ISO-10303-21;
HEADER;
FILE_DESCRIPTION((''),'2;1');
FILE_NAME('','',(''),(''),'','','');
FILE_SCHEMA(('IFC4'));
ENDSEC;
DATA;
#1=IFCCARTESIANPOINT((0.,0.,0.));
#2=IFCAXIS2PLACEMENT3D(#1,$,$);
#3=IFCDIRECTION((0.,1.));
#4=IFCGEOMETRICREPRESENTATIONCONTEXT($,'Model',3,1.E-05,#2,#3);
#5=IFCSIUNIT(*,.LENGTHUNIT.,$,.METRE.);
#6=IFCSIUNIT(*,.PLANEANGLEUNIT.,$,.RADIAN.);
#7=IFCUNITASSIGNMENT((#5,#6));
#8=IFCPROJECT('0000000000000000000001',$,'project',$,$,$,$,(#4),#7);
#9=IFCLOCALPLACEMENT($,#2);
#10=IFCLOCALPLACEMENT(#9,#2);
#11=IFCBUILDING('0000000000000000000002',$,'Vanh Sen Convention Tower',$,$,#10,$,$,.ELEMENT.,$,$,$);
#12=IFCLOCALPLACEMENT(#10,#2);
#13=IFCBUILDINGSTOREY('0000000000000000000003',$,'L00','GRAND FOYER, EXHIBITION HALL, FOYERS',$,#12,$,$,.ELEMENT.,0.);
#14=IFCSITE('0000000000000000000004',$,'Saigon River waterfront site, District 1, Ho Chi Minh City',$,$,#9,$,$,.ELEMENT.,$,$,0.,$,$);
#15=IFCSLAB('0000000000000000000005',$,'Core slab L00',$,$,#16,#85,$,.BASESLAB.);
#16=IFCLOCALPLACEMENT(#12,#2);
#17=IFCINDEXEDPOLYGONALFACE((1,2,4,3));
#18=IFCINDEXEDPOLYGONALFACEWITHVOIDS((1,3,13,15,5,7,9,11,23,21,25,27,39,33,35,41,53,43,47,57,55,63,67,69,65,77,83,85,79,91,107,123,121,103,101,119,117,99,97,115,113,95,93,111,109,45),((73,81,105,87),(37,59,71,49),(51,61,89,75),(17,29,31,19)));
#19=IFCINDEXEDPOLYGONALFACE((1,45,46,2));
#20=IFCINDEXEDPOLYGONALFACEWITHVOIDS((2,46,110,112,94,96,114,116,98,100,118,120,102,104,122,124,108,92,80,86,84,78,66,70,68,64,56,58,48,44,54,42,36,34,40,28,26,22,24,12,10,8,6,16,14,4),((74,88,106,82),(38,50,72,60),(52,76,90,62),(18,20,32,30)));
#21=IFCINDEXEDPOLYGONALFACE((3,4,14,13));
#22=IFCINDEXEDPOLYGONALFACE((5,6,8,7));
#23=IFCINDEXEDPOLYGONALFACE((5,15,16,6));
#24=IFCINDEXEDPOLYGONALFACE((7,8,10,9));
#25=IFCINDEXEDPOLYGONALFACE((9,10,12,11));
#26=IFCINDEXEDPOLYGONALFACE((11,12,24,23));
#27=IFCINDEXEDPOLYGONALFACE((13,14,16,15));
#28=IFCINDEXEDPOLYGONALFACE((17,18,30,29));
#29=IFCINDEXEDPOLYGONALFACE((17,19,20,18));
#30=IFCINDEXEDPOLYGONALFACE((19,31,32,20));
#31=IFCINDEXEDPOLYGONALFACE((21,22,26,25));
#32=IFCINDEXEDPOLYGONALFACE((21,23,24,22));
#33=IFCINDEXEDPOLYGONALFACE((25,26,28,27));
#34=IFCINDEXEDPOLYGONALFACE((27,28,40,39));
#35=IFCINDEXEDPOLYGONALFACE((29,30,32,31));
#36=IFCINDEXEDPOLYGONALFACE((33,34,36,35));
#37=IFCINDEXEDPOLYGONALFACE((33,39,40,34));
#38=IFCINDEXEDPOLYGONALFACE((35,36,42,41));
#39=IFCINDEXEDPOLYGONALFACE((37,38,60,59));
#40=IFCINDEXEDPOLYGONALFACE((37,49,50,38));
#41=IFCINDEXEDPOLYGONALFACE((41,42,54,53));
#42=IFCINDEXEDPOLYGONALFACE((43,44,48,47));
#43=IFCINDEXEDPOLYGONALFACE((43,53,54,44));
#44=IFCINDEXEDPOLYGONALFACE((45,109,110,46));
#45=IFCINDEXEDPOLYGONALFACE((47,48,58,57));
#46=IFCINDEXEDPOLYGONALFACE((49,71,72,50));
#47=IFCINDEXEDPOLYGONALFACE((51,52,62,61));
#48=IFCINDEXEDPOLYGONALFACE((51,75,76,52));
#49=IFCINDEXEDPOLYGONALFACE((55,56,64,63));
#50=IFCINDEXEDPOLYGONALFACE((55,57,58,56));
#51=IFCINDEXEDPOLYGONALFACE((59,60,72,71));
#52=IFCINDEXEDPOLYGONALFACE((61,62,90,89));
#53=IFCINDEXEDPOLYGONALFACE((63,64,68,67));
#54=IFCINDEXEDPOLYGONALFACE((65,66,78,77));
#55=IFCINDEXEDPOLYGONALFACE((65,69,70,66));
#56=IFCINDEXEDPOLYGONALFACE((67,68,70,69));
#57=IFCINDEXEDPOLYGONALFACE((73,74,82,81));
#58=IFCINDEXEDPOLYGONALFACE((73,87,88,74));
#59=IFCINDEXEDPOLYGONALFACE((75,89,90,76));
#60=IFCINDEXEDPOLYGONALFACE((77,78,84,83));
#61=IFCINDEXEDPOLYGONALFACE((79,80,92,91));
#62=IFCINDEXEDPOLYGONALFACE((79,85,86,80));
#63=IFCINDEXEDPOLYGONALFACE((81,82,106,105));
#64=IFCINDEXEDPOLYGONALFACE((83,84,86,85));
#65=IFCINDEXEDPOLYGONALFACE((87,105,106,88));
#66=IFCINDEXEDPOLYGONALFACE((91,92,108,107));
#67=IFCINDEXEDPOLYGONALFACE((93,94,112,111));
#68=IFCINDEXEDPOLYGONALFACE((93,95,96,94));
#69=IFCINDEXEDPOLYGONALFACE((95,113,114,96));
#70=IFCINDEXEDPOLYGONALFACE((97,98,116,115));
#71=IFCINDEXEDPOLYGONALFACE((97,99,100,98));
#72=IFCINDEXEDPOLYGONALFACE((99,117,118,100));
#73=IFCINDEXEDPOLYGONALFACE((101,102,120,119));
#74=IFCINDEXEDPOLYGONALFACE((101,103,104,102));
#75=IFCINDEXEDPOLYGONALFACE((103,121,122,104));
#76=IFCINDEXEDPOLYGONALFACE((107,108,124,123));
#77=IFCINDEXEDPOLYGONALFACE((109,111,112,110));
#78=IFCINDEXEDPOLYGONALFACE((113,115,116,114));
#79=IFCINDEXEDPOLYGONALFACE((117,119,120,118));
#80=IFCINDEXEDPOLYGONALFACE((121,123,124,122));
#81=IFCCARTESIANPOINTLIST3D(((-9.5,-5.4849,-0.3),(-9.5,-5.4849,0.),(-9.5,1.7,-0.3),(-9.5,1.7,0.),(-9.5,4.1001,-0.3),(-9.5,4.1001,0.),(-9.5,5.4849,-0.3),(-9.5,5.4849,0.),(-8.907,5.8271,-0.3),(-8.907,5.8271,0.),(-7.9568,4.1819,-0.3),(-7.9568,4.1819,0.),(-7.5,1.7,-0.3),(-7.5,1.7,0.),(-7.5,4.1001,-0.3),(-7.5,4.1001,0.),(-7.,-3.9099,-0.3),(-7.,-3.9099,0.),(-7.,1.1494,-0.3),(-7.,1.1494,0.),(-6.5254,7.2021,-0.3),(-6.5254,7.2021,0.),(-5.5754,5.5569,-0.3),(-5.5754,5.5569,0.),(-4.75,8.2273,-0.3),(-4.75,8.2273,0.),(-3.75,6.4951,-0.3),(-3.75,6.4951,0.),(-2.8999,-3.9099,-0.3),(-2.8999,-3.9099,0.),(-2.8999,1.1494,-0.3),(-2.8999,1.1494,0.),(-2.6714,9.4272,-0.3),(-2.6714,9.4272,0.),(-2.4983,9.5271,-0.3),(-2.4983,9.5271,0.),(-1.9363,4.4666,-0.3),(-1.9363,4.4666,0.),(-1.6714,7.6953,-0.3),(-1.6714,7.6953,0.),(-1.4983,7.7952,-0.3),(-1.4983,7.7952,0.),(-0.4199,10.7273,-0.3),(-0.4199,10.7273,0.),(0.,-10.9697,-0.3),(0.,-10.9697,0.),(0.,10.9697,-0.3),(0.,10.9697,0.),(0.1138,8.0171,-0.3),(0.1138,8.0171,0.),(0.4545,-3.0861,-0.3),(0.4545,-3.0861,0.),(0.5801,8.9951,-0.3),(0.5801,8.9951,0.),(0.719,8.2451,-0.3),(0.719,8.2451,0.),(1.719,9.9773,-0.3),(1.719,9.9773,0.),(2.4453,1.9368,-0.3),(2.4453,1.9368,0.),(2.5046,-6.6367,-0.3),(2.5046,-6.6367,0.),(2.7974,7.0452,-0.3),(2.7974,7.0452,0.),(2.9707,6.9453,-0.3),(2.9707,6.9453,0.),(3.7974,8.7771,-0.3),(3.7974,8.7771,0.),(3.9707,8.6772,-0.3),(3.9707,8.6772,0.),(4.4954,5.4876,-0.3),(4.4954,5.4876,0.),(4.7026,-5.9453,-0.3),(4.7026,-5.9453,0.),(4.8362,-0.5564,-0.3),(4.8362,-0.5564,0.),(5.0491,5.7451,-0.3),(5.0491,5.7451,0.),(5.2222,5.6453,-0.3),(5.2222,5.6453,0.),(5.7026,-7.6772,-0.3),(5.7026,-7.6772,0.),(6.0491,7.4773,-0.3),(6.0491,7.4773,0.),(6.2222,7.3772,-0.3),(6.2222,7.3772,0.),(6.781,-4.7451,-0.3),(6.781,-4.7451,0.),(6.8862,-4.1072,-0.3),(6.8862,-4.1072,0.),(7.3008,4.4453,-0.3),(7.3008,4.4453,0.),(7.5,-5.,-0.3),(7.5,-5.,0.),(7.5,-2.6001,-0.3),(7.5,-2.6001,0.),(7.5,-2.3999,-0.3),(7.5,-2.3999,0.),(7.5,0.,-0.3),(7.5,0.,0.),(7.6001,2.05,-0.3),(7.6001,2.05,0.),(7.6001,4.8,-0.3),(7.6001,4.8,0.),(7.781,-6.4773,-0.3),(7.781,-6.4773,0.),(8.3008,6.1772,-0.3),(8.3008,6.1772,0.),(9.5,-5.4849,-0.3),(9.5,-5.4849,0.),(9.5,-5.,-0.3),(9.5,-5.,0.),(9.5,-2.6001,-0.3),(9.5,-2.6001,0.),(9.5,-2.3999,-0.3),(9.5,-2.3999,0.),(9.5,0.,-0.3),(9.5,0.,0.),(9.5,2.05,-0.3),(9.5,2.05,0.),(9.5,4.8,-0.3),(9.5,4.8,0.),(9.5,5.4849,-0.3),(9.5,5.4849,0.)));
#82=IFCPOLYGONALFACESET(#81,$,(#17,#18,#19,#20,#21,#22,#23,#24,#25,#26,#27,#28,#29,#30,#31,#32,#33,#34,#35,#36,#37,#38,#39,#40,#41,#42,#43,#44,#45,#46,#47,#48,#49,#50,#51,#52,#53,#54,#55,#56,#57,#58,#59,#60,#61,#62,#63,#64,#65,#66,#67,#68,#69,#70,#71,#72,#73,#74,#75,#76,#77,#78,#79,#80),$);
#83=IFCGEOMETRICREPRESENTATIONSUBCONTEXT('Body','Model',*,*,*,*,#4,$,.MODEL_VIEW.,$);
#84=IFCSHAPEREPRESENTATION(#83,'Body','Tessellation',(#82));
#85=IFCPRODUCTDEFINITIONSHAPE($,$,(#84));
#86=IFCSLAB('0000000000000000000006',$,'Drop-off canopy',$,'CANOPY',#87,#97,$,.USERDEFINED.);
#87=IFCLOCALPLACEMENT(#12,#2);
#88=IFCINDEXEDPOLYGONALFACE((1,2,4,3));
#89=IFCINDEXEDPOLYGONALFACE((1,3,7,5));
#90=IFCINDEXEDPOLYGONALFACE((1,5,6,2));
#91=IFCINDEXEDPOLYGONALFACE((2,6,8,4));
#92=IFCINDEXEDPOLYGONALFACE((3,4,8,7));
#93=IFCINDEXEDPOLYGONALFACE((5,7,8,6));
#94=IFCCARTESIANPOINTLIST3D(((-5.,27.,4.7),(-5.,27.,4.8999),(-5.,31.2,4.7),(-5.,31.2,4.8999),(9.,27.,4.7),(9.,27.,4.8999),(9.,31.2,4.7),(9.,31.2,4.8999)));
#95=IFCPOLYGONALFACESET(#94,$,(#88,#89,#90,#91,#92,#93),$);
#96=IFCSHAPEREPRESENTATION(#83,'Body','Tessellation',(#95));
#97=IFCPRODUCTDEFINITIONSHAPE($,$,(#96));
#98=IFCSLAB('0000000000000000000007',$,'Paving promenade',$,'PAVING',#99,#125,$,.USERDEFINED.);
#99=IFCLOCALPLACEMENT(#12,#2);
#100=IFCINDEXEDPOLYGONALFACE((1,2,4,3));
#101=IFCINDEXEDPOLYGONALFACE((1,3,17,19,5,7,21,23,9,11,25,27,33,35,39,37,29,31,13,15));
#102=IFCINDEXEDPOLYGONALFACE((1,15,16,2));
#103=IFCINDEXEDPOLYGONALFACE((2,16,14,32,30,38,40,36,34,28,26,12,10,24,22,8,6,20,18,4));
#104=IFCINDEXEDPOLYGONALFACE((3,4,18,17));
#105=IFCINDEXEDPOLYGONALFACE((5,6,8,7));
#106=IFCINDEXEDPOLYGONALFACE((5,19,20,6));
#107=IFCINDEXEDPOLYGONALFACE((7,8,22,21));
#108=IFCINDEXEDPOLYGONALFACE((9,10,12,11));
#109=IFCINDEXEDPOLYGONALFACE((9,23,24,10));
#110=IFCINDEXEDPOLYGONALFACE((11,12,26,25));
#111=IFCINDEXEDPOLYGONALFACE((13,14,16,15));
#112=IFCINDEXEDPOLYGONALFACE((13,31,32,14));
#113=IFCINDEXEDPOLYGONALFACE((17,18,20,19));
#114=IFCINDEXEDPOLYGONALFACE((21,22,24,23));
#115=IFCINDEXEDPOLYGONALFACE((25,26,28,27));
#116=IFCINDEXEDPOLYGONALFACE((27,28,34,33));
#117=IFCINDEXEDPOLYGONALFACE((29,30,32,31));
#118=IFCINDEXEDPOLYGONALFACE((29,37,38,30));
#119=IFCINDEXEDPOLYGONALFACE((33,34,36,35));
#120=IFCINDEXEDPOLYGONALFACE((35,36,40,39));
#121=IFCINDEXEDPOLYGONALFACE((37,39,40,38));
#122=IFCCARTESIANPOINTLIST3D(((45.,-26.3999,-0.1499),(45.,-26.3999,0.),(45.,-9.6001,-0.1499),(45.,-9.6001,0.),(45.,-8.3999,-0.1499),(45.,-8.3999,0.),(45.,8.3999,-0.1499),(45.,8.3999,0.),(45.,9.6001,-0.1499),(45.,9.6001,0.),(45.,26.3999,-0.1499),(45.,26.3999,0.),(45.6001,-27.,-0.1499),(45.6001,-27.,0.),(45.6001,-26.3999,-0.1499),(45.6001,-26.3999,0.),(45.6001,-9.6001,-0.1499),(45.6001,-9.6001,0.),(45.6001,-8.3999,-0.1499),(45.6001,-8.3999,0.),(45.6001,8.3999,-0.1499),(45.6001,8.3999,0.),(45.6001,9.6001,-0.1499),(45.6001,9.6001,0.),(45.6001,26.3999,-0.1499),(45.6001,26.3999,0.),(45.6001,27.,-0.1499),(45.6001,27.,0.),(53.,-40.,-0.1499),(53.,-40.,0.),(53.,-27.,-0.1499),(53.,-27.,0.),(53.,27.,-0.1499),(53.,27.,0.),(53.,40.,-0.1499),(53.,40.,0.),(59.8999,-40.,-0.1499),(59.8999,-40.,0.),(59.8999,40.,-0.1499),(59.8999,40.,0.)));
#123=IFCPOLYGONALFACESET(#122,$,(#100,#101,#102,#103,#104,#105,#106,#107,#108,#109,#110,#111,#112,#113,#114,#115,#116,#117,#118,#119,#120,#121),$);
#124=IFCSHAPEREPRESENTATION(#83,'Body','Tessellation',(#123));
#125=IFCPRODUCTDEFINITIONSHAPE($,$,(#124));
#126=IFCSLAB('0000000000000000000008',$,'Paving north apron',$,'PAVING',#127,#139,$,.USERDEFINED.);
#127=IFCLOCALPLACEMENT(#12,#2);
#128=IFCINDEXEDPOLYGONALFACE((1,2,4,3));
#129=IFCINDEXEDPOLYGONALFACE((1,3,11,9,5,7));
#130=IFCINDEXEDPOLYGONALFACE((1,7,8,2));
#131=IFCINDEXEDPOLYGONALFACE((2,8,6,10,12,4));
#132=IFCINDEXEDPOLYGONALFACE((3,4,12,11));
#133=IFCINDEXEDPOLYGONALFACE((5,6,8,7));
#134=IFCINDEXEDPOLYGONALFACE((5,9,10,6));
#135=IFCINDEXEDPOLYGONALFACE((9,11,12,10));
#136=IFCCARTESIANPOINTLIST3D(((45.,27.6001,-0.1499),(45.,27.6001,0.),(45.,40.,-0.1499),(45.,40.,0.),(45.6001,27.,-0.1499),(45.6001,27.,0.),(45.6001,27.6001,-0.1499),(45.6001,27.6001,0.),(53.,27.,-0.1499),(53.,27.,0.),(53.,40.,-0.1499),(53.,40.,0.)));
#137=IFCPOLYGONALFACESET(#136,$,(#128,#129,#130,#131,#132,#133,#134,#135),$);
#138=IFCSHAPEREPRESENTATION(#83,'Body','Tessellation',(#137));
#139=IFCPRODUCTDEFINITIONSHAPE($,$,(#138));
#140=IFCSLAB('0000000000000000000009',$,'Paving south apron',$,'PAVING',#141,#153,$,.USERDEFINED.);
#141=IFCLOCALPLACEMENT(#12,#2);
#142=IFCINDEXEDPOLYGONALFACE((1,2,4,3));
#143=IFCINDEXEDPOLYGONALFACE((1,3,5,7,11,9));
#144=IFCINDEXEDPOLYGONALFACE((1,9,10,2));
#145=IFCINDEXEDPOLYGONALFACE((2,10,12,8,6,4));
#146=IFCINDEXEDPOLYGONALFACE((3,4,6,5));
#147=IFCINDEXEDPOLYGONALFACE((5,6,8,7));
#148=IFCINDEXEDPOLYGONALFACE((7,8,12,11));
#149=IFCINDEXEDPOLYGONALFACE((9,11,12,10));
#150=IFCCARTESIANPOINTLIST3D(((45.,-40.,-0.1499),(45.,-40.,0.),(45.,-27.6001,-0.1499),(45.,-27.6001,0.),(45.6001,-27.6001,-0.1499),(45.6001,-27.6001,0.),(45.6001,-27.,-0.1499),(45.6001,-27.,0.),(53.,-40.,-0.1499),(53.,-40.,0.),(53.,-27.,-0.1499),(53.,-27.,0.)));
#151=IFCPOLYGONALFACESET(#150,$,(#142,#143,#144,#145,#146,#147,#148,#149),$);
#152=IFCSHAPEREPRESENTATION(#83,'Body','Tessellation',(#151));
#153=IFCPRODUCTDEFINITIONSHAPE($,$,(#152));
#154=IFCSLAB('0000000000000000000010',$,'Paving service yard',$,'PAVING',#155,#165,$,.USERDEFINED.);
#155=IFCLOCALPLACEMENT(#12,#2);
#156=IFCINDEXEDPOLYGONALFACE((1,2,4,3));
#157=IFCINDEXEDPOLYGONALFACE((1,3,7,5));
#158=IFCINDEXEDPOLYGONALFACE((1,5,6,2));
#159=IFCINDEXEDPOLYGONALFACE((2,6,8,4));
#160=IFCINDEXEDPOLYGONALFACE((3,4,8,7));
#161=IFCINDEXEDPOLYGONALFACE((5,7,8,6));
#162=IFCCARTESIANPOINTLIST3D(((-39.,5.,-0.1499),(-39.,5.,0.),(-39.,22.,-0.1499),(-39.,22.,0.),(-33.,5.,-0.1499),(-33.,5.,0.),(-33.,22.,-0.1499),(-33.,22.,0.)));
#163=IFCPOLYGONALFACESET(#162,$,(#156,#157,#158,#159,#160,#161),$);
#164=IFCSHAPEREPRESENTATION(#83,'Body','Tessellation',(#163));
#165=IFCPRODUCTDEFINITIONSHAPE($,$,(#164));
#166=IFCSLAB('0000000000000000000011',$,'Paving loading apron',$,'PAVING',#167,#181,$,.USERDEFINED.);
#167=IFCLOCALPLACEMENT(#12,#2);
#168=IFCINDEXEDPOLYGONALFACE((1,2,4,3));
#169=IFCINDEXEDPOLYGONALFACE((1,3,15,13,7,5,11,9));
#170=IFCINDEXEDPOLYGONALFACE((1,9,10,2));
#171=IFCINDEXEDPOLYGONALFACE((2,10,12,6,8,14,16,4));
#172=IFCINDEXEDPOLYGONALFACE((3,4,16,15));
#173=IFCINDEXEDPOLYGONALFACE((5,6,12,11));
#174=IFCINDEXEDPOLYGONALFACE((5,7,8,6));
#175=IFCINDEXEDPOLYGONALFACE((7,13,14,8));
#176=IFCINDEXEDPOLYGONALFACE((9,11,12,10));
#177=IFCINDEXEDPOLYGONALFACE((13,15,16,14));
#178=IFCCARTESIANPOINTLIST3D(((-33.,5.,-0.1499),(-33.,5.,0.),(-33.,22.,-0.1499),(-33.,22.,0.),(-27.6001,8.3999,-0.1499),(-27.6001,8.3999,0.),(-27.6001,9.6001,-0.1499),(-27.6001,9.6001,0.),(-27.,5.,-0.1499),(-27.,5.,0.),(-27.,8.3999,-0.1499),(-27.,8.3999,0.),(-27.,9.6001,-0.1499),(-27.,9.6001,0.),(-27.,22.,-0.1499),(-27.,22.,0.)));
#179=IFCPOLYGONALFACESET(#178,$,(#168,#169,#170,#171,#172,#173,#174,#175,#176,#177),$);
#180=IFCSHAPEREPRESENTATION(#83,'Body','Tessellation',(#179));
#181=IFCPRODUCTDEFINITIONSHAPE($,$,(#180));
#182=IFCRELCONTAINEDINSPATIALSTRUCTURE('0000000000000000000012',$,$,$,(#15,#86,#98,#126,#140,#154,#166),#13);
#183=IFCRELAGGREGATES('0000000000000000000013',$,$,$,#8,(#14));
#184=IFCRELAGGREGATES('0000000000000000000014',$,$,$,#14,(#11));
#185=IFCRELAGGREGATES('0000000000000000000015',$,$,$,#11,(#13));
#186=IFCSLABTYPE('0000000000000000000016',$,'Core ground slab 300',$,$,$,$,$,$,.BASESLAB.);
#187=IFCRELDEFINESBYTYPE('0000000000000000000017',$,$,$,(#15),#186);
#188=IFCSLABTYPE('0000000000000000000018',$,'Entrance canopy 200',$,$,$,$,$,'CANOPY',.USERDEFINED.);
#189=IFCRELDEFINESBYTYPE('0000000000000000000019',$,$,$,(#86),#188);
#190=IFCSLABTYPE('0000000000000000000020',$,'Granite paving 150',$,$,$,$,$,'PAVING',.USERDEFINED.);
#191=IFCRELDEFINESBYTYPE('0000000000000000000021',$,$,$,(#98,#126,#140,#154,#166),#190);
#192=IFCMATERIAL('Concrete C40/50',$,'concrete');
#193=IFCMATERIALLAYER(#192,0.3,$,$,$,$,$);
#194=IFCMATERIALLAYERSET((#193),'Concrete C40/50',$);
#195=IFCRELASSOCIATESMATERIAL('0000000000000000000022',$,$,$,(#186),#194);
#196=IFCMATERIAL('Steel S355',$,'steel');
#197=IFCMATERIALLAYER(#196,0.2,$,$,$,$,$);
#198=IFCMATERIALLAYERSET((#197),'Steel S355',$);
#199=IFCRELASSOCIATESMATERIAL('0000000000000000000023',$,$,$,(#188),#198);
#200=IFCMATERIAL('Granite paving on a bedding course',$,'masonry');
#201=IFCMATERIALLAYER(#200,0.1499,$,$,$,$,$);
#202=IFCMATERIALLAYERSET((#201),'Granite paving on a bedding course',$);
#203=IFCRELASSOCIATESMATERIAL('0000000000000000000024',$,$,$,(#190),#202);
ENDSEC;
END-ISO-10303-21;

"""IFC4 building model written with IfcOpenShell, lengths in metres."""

from ifc_helpers import new_model, si_unit, direction, frame, origin, place, context, subcontext, project, spatial, polyline, outline, extrude, material, layer, layer_set, type_object, element, save


model = new_model("IFC4")

# Units and contexts
model_context = context("Model", 3, precision=1e-05, world=origin(), true_north=direction((0.0, 1.0)))
body_context = subcontext(model_context, "Body", "Model", "MODEL_VIEW")
ifc_project = project(units=[si_unit("LENGTHUNIT", "METRE"), si_unit("PLANEANGLEUNIT", "RADIAN")], contexts=[model_context])

# Site, building, storey
site_placement = place(None, origin())
site = spatial("IfcSite", under=ifc_project, at=site_placement, Name="Saigon River waterfront site, District 1, Ho Chi Minh City", CompositionType="ELEMENT", RefElevation=0.0)
building_placement = place(site_placement, origin())
building = spatial("IfcBuilding", under=site, at=building_placement, Name="Vanh Sen Convention Tower", CompositionType="ELEMENT")
storey_placement = place(building_placement, origin())
storey = spatial("IfcBuildingStorey", under=building, at=storey_placement, Name="L00", Description="GRAND FOYER, EXHIBITION HALL, FOYERS", CompositionType="ELEMENT", Elevation=0.0)

# Shared definitions
ifc_material_1 = material(Name="Concrete C40/50", Category="concrete")

# Slabs
ifc_layer_1 = layer(ifc_material_1, 0.3)
ifc_layer_set_1 = layer_set([ifc_layer_1], Name="Concrete C40/50")
slab_type_1 = type_object("IfcSlabType", Name="Core ground slab 300", PredefinedType="BASESLAB", material=ifc_layer_set_1)
slab_1_placement = place(storey_placement, frame((0.0, 0.0, -0.3)))
element("IfcSlab", 1, at=slab_1_placement, inside=storey, type_object=slab_type_1, Name="Core slab L00", PredefinedType="BASESLAB", context=body_context, shape_type="SweptSolid", body=[
    extrude(outline(polyline([(9.5, 5.4849), (9.5, 4.8), (7.6001, 4.8), (7.6001, 2.05), (9.5, 2.05), (9.5, 0.0), (7.5, 0.0), (7.5, -2.3999), (9.5, -2.3999), (9.5, -2.6001), (7.5, -2.6001), (7.5, -5.0), (9.5, -5.0), (9.5, -5.4849), (0.0, -10.9697), (-9.5, -5.4849), (-9.5, 1.7), (-7.5, 1.7), (-7.5, 4.1001), (-9.5, 4.1001), (-9.5, 5.4849), (-8.907, 5.8271), (-7.9568, 4.1819), (-5.5754, 5.5569), (-6.5254, 7.2021), (-4.75, 8.2273), (-3.75, 6.4951), (-1.6714, 7.6953), (-2.6714, 9.4272), (-2.4983, 9.5271), (-1.4983, 7.7952), (0.5801, 8.9951), (-0.4199, 10.7273), (0.0, 10.9697), (1.719, 9.9773), (0.719, 8.2451), (2.7974, 7.0452), (3.7974, 8.7771), (3.9707, 8.6772), (2.9707, 6.9453), (5.0491, 5.7451), (6.0491, 7.4773), (6.2222, 7.3772), (5.2222, 5.6453), (7.3008, 4.4453), (8.3008, 6.1772), (9.5, 5.4849)]), holes=[polyline([(-7.0, 3.1499), (-7.0, -3.9099), (-2.8999, -3.9099), (-2.8999, 3.1499), (-2.8999, 1.1494), (-7.0, 1.1494), (-7.0, 3.1499)]), polyline([(4.4954, 5.4875), (6.228, 4.4873), (0.1138, 8.0171), (-1.9363, 4.4666), (2.4453, 1.9368), (4.4954, 5.4875)]), polyline([(7.781, -6.4773), (6.781, -4.7451), (4.7026, -5.9453), (5.7026, -7.6772), (7.781, -6.4773)]), polyline([(0.4546, -3.0862), (2.5046, -6.6367), (6.8862, -4.1072), (4.8362, -0.5564), (-1.2781, -4.0864), (0.4546, -3.0862)])]), origin(), (0.0, 0.0, 1.0), 0.3),
])
ifc_material_2 = material(Name="Steel S355", Category="steel")
ifc_layer_2 = layer(ifc_material_2, 0.2)
ifc_layer_set_2 = layer_set([ifc_layer_2], Name="Steel S355")
slab_type_2 = type_object("IfcSlabType", Name="Entrance canopy 200", ElementType="CANOPY", PredefinedType="USERDEFINED", material=ifc_layer_set_2)
slab_2_placement = place(storey_placement, frame((0.0, 0.0, 4.7)))
element("IfcSlab", 2, at=slab_2_placement, inside=storey, type_object=slab_type_2, Name="Drop-off canopy", ObjectType="CANOPY", PredefinedType="USERDEFINED", context=body_context, shape_type="SweptSolid", body=[
    extrude(outline(polyline([(-5.0, 27.0), (9.0, 27.0), (9.0, 31.2), (-5.0, 31.2), (-5.0, 27.0)])), origin(), (0.0, 0.0, 1.0), 0.2),
])
ifc_material_3 = material(Name="Granite paving on a bedding course", Category="masonry")
ifc_layer_3 = layer(ifc_material_3, 0.1499)
ifc_layer_set_3 = layer_set([ifc_layer_3], Name="Granite paving on a bedding course")
slab_type_3 = type_object("IfcSlabType", Name="Granite paving 150", ElementType="PAVING", PredefinedType="USERDEFINED", material=ifc_layer_set_3)
slab_3_placement = place(storey_placement, frame((0.0, 0.0, -0.1499)))
element("IfcSlab", 3, at=slab_3_placement, inside=storey, type_object=slab_type_3, Name="Paving promenade", ObjectType="PAVING", PredefinedType="USERDEFINED", context=body_context, shape_type="SweptSolid", body=[
    extrude(outline(polyline([(45.0, -26.3999), (45.6001, -26.3999), (45.6001, -27.0), (53.0, -27.0), (53.0, -40.0), (59.8999, -40.0), (59.8999, 40.0), (53.0, 40.0), (53.0, 27.0), (45.6001, 27.0), (45.6001, 26.3999), (45.0, 26.3999), (45.0, 9.6001), (45.6001, 9.6001), (45.6001, 8.3999), (45.0, 8.3999), (45.0, -8.3999), (45.6001, -8.3999), (45.6001, -9.6001), (45.0, -9.6001), (45.0, -26.3999)])), origin(), (0.0, 0.0, 1.0), 0.1499),
])
slab_4_placement = place(storey_placement, frame((0.0, 0.0, -0.1499)))
element("IfcSlab", 4, at=slab_4_placement, inside=storey, type_object=slab_type_3, Name="Paving north apron", ObjectType="PAVING", PredefinedType="USERDEFINED", context=body_context, shape_type="SweptSolid", body=[
    extrude(outline(polyline([(45.0, 27.6001), (45.6001, 27.6001), (45.6001, 27.0), (53.0, 27.0), (53.0, 40.0), (45.0, 40.0), (45.0, 27.6001)])), origin(), (0.0, 0.0, 1.0), 0.1499),
])
slab_5_placement = place(storey_placement, frame((0.0, 0.0, -0.1499)))
element("IfcSlab", 5, at=slab_5_placement, inside=storey, type_object=slab_type_3, Name="Paving south apron", ObjectType="PAVING", PredefinedType="USERDEFINED", context=body_context, shape_type="SweptSolid", body=[
    extrude(outline(polyline([(45.6001, -27.0), (45.6001, -27.6001), (45.0, -27.6001), (45.0, -40.0), (53.0, -40.0), (53.0, -27.0), (45.6001, -27.0)])), origin(), (0.0, 0.0, 1.0), 0.1499),
])
slab_6_placement = place(storey_placement, frame((0.0, 0.0, -0.1499)))
element("IfcSlab", 6, at=slab_6_placement, inside=storey, type_object=slab_type_3, Name="Paving service yard", ObjectType="PAVING", PredefinedType="USERDEFINED", context=body_context, shape_type="SweptSolid", body=[
    extrude(outline(polyline([(-33.0, 5.0), (-33.0, 22.0), (-39.0, 22.0), (-39.0, 5.0), (-33.0, 5.0)])), origin(), (0.0, 0.0, 1.0), 0.1499),
])
slab_7_placement = place(storey_placement, frame((0.0, 0.0, -0.1499)))
element("IfcSlab", 7, at=slab_7_placement, inside=storey, type_object=slab_type_3, Name="Paving loading apron", ObjectType="PAVING", PredefinedType="USERDEFINED", context=body_context, shape_type="SweptSolid", body=[
    extrude(outline(polyline([(-27.0, 8.3999), (-27.6001, 8.3999), (-27.6001, 9.6001), (-27.0, 9.6001), (-27.0, 22.0), (-33.0, 22.0), (-33.0, 5.0), (-27.0, 5.0), (-27.0, 8.3999)])), origin(), (0.0, 0.0, 1.0), 0.1499),
])

save(model, "model.ifc")
